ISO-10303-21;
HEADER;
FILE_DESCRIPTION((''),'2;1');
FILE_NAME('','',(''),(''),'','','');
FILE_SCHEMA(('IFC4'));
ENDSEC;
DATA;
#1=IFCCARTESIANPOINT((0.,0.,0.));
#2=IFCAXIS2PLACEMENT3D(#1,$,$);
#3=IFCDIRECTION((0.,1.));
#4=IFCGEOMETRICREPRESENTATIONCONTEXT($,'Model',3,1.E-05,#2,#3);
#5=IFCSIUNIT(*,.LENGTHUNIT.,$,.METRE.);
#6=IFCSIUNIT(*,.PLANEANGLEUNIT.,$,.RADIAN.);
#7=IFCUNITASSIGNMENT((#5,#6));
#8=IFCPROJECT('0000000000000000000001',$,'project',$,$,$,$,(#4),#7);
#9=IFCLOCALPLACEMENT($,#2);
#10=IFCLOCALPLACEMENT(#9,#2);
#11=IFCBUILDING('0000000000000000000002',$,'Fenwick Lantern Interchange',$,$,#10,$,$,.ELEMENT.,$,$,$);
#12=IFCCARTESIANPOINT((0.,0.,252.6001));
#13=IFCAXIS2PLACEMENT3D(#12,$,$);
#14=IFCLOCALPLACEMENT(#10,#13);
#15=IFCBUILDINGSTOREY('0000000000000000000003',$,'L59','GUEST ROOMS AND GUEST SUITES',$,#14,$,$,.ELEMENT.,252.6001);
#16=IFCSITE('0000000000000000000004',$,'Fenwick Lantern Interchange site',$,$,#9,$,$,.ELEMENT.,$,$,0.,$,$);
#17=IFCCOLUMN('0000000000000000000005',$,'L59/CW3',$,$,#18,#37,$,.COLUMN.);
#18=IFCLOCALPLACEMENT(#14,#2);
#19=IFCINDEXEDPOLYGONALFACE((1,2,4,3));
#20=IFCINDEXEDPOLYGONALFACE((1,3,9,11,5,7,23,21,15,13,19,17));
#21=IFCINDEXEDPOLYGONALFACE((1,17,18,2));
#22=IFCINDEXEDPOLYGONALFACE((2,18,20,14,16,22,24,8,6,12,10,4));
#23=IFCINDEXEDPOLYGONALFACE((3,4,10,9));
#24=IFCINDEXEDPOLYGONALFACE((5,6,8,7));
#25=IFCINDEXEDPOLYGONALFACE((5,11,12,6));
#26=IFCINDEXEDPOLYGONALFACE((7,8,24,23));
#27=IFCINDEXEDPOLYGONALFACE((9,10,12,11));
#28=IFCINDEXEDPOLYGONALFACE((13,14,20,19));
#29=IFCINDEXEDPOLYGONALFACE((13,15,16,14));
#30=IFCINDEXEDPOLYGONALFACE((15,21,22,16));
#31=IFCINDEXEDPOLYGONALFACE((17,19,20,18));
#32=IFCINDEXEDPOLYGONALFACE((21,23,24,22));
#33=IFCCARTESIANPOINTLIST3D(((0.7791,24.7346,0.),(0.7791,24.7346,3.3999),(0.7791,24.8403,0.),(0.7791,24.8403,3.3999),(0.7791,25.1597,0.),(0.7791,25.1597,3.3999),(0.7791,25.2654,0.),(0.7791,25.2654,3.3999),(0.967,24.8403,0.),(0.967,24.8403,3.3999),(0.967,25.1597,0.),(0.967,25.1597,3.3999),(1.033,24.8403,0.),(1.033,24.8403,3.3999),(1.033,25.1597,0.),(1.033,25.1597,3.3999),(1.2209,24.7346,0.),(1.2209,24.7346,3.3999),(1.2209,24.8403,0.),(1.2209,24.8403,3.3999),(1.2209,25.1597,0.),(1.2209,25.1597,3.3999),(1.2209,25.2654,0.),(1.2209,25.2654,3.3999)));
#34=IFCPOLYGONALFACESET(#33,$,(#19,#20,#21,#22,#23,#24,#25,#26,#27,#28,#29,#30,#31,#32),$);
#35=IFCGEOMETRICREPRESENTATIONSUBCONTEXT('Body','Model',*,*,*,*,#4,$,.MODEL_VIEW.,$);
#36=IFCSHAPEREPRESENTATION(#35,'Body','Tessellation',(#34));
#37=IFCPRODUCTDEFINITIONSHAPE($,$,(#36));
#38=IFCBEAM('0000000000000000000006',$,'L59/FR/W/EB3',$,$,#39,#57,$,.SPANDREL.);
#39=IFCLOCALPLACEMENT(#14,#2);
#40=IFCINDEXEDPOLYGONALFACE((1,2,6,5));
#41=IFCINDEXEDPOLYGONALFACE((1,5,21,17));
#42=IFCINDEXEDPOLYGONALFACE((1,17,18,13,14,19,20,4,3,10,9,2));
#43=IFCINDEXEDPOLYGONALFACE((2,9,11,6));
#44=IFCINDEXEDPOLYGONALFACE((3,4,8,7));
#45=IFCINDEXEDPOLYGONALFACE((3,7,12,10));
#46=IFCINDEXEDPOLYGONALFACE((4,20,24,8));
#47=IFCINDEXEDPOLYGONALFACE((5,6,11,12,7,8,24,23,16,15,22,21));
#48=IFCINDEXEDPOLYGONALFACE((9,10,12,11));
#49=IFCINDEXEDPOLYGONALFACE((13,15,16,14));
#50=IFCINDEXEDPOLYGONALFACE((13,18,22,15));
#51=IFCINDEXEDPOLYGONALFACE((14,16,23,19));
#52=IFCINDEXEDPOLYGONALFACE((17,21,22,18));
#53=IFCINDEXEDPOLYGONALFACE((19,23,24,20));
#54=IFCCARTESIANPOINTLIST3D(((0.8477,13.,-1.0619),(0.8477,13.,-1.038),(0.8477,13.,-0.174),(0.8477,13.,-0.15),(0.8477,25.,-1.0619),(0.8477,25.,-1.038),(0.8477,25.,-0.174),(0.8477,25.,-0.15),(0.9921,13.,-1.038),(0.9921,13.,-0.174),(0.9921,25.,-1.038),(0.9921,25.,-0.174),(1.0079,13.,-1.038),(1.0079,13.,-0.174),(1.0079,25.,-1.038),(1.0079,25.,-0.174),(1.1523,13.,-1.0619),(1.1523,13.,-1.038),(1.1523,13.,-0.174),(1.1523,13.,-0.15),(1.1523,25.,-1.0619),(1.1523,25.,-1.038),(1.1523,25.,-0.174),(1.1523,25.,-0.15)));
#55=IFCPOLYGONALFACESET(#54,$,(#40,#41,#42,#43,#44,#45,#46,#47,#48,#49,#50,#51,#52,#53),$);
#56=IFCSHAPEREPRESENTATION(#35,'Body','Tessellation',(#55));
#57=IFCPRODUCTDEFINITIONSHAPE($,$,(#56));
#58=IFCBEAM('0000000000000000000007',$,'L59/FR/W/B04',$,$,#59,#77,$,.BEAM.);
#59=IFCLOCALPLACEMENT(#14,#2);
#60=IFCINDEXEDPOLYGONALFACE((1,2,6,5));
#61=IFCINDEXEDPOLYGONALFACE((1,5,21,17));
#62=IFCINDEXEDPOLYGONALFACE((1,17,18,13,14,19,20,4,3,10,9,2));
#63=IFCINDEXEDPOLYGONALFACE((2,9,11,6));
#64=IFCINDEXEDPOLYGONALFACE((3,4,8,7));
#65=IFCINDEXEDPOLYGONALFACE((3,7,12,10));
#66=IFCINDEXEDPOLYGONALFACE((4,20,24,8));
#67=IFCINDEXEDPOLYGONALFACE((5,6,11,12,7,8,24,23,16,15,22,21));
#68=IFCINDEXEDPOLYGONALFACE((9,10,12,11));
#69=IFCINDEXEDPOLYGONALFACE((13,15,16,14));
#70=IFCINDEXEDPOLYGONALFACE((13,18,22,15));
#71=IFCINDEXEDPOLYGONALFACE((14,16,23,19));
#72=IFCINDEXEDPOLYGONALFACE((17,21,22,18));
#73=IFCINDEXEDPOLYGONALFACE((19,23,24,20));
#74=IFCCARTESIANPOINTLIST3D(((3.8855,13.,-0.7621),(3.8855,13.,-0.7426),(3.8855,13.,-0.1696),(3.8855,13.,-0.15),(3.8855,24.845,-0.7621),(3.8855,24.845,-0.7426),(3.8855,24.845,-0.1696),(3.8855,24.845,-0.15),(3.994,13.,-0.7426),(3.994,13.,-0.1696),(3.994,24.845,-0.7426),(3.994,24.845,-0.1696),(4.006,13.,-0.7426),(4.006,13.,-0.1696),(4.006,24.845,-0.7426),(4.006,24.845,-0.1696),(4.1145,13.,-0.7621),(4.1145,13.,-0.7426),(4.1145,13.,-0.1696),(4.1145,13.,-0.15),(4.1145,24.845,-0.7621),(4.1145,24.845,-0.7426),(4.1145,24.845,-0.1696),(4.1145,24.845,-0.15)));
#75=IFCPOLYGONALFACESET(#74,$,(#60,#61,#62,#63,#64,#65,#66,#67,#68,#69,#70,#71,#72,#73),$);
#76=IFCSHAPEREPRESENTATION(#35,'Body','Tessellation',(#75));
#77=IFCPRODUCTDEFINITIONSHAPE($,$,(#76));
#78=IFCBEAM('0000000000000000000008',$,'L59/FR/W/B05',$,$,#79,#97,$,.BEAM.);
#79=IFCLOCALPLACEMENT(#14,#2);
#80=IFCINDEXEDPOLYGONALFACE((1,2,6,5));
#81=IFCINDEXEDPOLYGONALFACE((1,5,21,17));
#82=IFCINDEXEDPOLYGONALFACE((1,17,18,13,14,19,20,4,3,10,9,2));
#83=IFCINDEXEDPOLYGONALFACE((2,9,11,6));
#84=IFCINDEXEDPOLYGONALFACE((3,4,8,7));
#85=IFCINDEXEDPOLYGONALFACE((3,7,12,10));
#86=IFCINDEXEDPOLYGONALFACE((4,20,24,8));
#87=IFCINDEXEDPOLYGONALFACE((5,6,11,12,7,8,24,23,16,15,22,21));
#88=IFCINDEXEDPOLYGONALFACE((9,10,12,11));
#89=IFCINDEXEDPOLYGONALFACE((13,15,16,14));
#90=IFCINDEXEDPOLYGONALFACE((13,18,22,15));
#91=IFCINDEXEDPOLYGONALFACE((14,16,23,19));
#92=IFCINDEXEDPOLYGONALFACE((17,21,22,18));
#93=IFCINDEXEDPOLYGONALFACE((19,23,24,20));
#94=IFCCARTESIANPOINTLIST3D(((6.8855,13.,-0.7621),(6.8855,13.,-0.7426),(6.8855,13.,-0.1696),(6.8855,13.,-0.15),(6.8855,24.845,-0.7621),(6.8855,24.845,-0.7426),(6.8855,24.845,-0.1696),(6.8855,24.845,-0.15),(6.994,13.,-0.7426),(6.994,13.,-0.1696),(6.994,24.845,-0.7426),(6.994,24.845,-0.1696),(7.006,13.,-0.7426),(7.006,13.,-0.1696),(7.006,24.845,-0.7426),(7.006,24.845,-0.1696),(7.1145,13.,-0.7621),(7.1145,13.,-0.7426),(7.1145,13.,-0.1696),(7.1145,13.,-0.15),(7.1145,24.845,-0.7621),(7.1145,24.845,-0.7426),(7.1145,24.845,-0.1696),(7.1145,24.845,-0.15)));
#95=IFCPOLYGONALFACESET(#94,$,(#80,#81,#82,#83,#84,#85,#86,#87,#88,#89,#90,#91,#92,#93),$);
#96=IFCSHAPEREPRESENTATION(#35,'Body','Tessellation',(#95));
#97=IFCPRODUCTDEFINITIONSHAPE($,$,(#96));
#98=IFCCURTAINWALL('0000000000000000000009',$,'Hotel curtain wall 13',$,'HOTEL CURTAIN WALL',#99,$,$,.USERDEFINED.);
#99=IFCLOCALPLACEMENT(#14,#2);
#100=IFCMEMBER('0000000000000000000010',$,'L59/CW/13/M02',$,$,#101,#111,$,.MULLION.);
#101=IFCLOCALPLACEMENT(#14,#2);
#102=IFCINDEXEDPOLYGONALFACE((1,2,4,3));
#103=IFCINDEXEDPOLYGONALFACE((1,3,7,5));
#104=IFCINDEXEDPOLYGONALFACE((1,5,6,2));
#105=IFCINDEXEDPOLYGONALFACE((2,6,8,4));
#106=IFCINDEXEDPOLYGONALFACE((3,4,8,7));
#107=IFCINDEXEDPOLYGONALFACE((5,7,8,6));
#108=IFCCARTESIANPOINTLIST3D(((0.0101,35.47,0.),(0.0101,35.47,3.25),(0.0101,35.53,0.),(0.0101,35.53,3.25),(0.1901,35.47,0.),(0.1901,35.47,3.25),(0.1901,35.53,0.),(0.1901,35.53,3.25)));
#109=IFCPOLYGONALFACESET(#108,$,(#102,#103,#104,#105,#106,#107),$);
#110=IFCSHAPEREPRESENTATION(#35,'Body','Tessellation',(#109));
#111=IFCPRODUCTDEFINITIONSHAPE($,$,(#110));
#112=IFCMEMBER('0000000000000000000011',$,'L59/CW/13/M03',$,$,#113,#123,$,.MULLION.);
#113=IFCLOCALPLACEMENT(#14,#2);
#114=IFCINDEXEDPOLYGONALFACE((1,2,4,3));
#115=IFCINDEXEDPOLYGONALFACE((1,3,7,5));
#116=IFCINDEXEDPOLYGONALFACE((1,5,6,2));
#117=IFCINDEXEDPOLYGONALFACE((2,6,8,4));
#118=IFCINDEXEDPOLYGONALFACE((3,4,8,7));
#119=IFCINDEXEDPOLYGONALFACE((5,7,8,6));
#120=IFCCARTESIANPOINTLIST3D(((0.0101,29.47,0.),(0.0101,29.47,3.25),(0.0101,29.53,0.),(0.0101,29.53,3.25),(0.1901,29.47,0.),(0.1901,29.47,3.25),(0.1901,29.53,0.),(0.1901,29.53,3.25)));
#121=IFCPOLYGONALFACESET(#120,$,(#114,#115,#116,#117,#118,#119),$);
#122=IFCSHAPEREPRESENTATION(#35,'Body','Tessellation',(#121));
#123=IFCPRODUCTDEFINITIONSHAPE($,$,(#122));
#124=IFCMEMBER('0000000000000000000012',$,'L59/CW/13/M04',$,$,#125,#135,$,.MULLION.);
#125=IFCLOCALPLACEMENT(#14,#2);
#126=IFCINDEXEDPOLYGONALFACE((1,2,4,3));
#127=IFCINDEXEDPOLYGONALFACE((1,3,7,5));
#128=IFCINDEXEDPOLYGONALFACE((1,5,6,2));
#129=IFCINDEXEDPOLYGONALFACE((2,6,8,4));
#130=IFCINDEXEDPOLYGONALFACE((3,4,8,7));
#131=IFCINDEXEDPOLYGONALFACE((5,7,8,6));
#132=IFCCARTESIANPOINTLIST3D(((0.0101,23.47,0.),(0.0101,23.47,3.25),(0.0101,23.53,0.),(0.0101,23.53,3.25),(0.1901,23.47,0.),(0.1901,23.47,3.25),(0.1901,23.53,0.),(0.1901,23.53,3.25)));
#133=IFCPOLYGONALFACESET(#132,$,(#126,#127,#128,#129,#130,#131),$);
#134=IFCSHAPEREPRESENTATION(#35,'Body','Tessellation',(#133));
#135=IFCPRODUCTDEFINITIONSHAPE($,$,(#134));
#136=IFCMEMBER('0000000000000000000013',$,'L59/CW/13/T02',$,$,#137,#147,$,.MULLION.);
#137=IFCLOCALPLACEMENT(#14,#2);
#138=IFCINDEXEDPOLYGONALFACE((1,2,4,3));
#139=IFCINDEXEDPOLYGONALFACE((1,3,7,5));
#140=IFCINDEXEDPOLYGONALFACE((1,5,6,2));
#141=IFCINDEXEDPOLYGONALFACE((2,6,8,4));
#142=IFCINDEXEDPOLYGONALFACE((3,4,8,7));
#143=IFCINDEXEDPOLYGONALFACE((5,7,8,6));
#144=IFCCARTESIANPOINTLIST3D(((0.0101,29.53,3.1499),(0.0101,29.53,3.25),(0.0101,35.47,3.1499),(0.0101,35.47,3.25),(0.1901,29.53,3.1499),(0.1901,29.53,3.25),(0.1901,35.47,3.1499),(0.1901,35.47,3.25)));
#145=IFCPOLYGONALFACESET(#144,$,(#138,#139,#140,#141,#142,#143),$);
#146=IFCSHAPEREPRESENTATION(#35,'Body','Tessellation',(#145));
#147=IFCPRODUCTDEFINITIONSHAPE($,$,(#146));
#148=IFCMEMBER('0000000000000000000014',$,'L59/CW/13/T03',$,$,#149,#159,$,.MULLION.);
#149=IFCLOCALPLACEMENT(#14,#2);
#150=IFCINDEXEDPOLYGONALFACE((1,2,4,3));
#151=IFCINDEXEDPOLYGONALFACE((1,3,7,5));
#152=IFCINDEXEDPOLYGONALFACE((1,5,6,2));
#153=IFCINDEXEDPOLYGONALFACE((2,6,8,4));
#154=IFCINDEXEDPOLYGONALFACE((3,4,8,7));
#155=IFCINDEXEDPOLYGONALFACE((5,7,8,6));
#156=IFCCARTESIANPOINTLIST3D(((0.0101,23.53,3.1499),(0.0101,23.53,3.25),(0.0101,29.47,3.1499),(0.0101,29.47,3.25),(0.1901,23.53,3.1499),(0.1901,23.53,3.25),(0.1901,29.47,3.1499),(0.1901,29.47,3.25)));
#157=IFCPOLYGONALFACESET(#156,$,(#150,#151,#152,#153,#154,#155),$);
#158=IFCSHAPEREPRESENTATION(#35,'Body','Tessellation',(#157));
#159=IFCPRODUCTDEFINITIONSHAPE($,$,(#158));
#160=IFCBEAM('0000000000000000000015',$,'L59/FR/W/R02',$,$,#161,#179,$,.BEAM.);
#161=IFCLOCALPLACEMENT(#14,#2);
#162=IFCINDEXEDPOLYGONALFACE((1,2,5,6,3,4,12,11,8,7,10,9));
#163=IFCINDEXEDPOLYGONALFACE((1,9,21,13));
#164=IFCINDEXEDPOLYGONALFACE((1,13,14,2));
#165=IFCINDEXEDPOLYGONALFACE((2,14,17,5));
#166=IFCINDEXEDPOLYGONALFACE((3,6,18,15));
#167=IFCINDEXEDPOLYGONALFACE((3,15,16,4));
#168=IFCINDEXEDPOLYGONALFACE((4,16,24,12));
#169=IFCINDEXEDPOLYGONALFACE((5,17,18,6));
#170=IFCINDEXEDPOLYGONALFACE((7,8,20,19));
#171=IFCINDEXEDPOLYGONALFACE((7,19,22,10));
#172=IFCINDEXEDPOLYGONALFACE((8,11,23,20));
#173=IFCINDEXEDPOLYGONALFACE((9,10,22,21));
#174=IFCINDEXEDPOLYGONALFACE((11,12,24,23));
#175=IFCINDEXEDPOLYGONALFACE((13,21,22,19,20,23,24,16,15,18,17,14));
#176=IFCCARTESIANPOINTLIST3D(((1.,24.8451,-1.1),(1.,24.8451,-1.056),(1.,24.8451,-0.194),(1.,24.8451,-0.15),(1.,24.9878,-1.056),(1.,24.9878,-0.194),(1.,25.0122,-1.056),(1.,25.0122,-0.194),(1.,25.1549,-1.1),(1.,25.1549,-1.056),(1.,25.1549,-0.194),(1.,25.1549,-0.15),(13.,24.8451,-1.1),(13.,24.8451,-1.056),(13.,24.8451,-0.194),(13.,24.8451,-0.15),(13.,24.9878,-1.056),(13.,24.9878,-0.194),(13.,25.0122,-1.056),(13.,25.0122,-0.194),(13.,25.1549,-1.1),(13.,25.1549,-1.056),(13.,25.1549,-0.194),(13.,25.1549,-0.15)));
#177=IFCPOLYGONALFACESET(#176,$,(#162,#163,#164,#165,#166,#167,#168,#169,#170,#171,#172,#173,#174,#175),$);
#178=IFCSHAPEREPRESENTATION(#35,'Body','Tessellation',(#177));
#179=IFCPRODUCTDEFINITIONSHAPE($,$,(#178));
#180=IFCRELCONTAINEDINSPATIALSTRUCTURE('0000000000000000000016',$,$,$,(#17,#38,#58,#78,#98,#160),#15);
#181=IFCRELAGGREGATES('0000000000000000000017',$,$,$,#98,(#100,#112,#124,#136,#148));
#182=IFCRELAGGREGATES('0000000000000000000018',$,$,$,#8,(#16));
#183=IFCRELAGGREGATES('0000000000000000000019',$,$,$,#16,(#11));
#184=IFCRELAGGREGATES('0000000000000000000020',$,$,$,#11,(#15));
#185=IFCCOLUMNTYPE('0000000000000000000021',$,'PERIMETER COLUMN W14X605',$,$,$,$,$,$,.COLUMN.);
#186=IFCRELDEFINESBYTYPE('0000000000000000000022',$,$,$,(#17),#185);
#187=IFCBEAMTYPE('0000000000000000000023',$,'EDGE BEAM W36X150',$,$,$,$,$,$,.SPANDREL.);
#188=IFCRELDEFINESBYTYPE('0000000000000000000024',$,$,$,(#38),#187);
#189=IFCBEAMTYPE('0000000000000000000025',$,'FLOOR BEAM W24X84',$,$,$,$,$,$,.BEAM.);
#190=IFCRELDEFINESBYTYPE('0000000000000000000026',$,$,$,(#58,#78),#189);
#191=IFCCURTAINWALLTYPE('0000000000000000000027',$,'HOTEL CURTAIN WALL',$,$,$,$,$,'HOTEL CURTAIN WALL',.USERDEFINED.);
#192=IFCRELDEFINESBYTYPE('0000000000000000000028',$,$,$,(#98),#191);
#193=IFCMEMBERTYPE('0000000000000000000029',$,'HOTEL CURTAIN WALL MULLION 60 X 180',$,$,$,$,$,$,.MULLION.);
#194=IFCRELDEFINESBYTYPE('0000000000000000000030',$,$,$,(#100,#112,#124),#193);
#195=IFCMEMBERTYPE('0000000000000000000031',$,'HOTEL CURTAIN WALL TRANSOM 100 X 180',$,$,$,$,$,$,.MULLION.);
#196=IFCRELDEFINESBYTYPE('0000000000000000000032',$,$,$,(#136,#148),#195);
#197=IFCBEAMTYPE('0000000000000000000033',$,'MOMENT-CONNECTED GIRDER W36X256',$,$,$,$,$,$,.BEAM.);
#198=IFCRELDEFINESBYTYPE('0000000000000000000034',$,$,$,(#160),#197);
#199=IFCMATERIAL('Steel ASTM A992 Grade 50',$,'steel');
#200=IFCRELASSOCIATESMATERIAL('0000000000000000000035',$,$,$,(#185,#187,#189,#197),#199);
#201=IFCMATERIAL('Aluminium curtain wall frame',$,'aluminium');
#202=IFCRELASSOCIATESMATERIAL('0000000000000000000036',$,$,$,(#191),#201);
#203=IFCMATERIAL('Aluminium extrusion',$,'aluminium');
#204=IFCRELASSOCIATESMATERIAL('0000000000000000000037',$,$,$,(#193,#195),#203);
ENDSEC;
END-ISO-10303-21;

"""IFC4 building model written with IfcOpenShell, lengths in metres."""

from ifc_helpers import new_model, si_unit, direction, frame, origin, origin_2d, place, context, subcontext, project, spatial, rectangle, i_section, extrude, material, material_profile, profile_set, type_object, element, aggregate, save


model = new_model("IFC4")

# Units and contexts
model_context = context("Model", 3, precision=1e-05, world=origin(), true_north=direction((0.0, 1.0)))
body_context = subcontext(model_context, "Body", "Model", "MODEL_VIEW")
ifc_project = project(units=[si_unit("LENGTHUNIT", "METRE"), si_unit("PLANEANGLEUNIT", "RADIAN")], contexts=[model_context])

# Site, building, storey
site_placement = place(None, origin())
site = spatial("IfcSite", under=ifc_project, at=site_placement, Name="Fenwick Lantern Interchange site", CompositionType="ELEMENT", RefElevation=0.0)
building_placement = place(site_placement, origin())
building = spatial("IfcBuilding", under=site, at=building_placement, Name="Fenwick Lantern Interchange", CompositionType="ELEMENT")
storey_placement = place(building_placement, frame((0.0, 0.0, 252.6001)))
storey = spatial("IfcBuildingStorey", under=building, at=storey_placement, Name="L59", Description="GUEST ROOMS AND GUEST SUITES", CompositionType="ELEMENT", Elevation=252.6001)

# Column
ifc_material_1 = material(Name="Steel ASTM A992 Grade 50", Category="steel")
ifc_material_profile_1 = material_profile(ifc_material_1, i_section(OverallWidth=0.4419, OverallDepth=0.5308, WebThickness=0.0659, FlangeThickness=0.1057, at=origin_2d()), Name="W14X605")
ifc_profile_set_1 = profile_set([ifc_material_profile_1], Name="Steel ASTM A992 Grade 50")
column_type = type_object("IfcColumnType", Name="PERIMETER COLUMN W14X605", PredefinedType="COLUMN", material=ifc_profile_set_1)
column_placement = place(storey_placement, frame((1.0, 25.0, 0.0), z_axis=(0.0, 0.0, 1.0), x_axis=(1.0, 0.0, 0.0)))
element("IfcColumn", 1, at=column_placement, inside=storey, type_object=column_type, Name="L59/CW3", PredefinedType="COLUMN", context=body_context, shape_type="SweptSolid", body=[
    extrude(i_section(OverallWidth=0.4419, OverallDepth=0.5308, WebThickness=0.0659, FlangeThickness=0.1057, at=origin_2d()), origin(), (0.0, 0.0, 1.0), 3.3999),
])

# Beams
ifc_material_profile_2 = material_profile(ifc_material_1, i_section(OverallWidth=0.3047, OverallDepth=0.9119, WebThickness=0.0159, FlangeThickness=0.0239, at=origin_2d()), Name="W36X150")
ifc_profile_set_2 = profile_set([ifc_material_profile_2], Name="Steel ASTM A992 Grade 50")
beam_type_1 = type_object("IfcBeamType", Name="EDGE BEAM W36X150", PredefinedType="SPANDREL", material=ifc_profile_set_2)
beam_1_placement = place(storey_placement, frame((1.0, 25.0, -0.606), z_axis=(0.0, -1.0, 0.0), x_axis=(1.0, 0.0, 0.0)))
element("IfcBeam", 2, at=beam_1_placement, inside=storey, type_object=beam_type_1, Name="L59/FR/W/EB3", PredefinedType="SPANDREL", context=body_context, shape_type="SweptSolid", body=[
    extrude(i_section(OverallWidth=0.3047, OverallDepth=0.9119, WebThickness=0.0159, FlangeThickness=0.0239, at=origin_2d()), origin(), (0.0, 0.0, 1.0), 12.0),
])
ifc_material_profile_3 = material_profile(ifc_material_1, i_section(OverallWidth=0.229, OverallDepth=0.6121, WebThickness=0.012, FlangeThickness=0.0195, at=origin_2d()), Name="W24X84")
ifc_profile_set_3 = profile_set([ifc_material_profile_3], Name="Steel ASTM A992 Grade 50")
beam_type_2 = type_object("IfcBeamType", Name="FLOOR BEAM W24X84", PredefinedType="BEAM", material=ifc_profile_set_3)
for number, where, z_axis, x_axis, name in (
    (3, (4.0, 24.845, -0.4561), (0.0, -1.0, 0.0), (1.0, 0.0, 0.0), "L59/FR/W/B04"),
    (4, (7.0, 24.845, -0.4561), (0.0, -1.0, 0.0), (1.0, 0.0, 0.0), "L59/FR/W/B05"),
):
    element("IfcBeam", number, at=place(storey_placement, frame(where, z_axis=z_axis, x_axis=x_axis)), inside=storey, type_object=beam_type_2, Name=name, PredefinedType="BEAM", context=body_context, shape_type="SweptSolid", body=[
        extrude(i_section(OverallWidth=0.229, OverallDepth=0.6121, WebThickness=0.012, FlangeThickness=0.0195, at=origin_2d()), origin(), (0.0, 0.0, 1.0), 11.845),
    ])

# Curtain wall, members
ifc_material_2 = material(Name="Aluminium curtain wall frame", Category="aluminium")
curtain_wall_type = type_object("IfcCurtainWallType", Name="HOTEL CURTAIN WALL", ElementType="HOTEL CURTAIN WALL", PredefinedType="USERDEFINED", material=ifc_material_2)
curtain_wall_placement = place(storey_placement, origin())
curtain_wall = element("IfcCurtainWall", 5, at=curtain_wall_placement, inside=storey, type_object=curtain_wall_type, Name="Hotel curtain wall 13", ObjectType="HOTEL CURTAIN WALL", PredefinedType="USERDEFINED")
ifc_material_3 = material(Name="Aluminium extrusion", Category="aluminium")
ifc_material_profile_4 = material_profile(ifc_material_3, rectangle(XDim=0.1799, YDim=0.0601, at=origin_2d()), Name="HOTEL CURTAIN WALL MULLION 60 X 180")
ifc_profile_set_4 = profile_set([ifc_material_profile_4], Name="Aluminium extrusion")
member_type_1 = type_object("IfcMemberType", Name="HOTEL CURTAIN WALL MULLION 60 X 180", PredefinedType="MULLION", material=ifc_profile_set_4)
member_1_placement = place(storey_placement, frame((0.1001, 35.5, 0.0), z_axis=(0.0, 0.0, 1.0), x_axis=(1.0, 0.0, 0.0)))
member_1 = element("IfcMember", 6, at=member_1_placement, type_object=member_type_1, Name="L59/CW/13/M02", PredefinedType="MULLION", context=body_context, shape_type="SweptSolid", body=[
    extrude(rectangle(XDim=0.1799, YDim=0.0601, at=origin_2d()), origin(), (0.0, 0.0, 1.0), 3.25),
])
member_2_placement = place(storey_placement, frame((0.1001, 29.5, 0.0), z_axis=(0.0, 0.0, 1.0), x_axis=(1.0, 0.0, 0.0)))
member_2 = element("IfcMember", 7, at=member_2_placement, type_object=member_type_1, Name="L59/CW/13/M03", PredefinedType="MULLION", context=body_context, shape_type="SweptSolid", body=[
    extrude(rectangle(XDim=0.1799, YDim=0.0601, at=origin_2d()), origin(), (0.0, 0.0, 1.0), 3.25),
])
member_3_placement = place(storey_placement, frame((0.1001, 23.5, 0.0), z_axis=(0.0, 0.0, 1.0), x_axis=(1.0, 0.0, 0.0)))
member_3 = element("IfcMember", 8, at=member_3_placement, type_object=member_type_1, Name="L59/CW/13/M04", PredefinedType="MULLION", context=body_context, shape_type="SweptSolid", body=[
    extrude(rectangle(XDim=0.1799, YDim=0.0601, at=origin_2d()), origin(), (0.0, 0.0, 1.0), 3.25),
])
ifc_material_profile_5 = material_profile(ifc_material_3, rectangle(XDim=0.1799, YDim=0.1001, at=origin_2d()), Name="HOTEL CURTAIN WALL TRANSOM 100 X 180")
ifc_profile_set_5 = profile_set([ifc_material_profile_5], Name="Aluminium extrusion")
member_type_2 = type_object("IfcMemberType", Name="HOTEL CURTAIN WALL TRANSOM 100 X 180", PredefinedType="MULLION", material=ifc_profile_set_5)
member_4_placement = place(storey_placement, frame((0.1001, 35.47, 3.2), z_axis=(0.0, -1.0, 0.0), x_axis=(1.0, 0.0, 0.0)))
member_4 = element("IfcMember", 9, at=member_4_placement, type_object=member_type_2, Name="L59/CW/13/T02", PredefinedType="MULLION", context=body_context, shape_type="SweptSolid", body=[
    extrude(rectangle(XDim=0.1799, YDim=0.1001, at=origin_2d()), origin(), (0.0, 0.0, 1.0), 5.9399),
])
member_5_placement = place(storey_placement, frame((0.1001, 29.47, 3.2), z_axis=(0.0, -1.0, 0.0), x_axis=(1.0, 0.0, 0.0)))
member_5 = element("IfcMember", 10, at=member_5_placement, type_object=member_type_2, Name="L59/CW/13/T03", PredefinedType="MULLION", context=body_context, shape_type="SweptSolid", body=[
    extrude(rectangle(XDim=0.1799, YDim=0.1001, at=origin_2d()), origin(), (0.0, 0.0, 1.0), 5.9399),
])

# Beam
ifc_material_profile_6 = material_profile(ifc_material_1, i_section(OverallWidth=0.3098, OverallDepth=0.95, WebThickness=0.0244, FlangeThickness=0.0439, at=origin_2d()), Name="W36X256")
ifc_profile_set_6 = profile_set([ifc_material_profile_6], Name="Steel ASTM A992 Grade 50")
beam_type_3 = type_object("IfcBeamType", Name="MOMENT-CONNECTED GIRDER W36X256", PredefinedType="BEAM", material=ifc_profile_set_6)
beam_2_placement = place(storey_placement, frame((1.0, 25.0, -0.625), z_axis=(1.0, 0.0, 0.0), x_axis=(0.0, 1.0, 0.0)))
element("IfcBeam", 11, at=beam_2_placement, inside=storey, type_object=beam_type_3, Name="L59/FR/W/R02", PredefinedType="BEAM", context=body_context, shape_type="SweptSolid", body=[
    extrude(i_section(OverallWidth=0.3098, OverallDepth=0.95, WebThickness=0.0244, FlangeThickness=0.0439, at=origin_2d()), origin(), (0.0, 0.0, 1.0), 12.0),
])

aggregate(curtain_wall, [member_1, member_2, member_3, member_4, member_5])

save(model, "model.ifc")
